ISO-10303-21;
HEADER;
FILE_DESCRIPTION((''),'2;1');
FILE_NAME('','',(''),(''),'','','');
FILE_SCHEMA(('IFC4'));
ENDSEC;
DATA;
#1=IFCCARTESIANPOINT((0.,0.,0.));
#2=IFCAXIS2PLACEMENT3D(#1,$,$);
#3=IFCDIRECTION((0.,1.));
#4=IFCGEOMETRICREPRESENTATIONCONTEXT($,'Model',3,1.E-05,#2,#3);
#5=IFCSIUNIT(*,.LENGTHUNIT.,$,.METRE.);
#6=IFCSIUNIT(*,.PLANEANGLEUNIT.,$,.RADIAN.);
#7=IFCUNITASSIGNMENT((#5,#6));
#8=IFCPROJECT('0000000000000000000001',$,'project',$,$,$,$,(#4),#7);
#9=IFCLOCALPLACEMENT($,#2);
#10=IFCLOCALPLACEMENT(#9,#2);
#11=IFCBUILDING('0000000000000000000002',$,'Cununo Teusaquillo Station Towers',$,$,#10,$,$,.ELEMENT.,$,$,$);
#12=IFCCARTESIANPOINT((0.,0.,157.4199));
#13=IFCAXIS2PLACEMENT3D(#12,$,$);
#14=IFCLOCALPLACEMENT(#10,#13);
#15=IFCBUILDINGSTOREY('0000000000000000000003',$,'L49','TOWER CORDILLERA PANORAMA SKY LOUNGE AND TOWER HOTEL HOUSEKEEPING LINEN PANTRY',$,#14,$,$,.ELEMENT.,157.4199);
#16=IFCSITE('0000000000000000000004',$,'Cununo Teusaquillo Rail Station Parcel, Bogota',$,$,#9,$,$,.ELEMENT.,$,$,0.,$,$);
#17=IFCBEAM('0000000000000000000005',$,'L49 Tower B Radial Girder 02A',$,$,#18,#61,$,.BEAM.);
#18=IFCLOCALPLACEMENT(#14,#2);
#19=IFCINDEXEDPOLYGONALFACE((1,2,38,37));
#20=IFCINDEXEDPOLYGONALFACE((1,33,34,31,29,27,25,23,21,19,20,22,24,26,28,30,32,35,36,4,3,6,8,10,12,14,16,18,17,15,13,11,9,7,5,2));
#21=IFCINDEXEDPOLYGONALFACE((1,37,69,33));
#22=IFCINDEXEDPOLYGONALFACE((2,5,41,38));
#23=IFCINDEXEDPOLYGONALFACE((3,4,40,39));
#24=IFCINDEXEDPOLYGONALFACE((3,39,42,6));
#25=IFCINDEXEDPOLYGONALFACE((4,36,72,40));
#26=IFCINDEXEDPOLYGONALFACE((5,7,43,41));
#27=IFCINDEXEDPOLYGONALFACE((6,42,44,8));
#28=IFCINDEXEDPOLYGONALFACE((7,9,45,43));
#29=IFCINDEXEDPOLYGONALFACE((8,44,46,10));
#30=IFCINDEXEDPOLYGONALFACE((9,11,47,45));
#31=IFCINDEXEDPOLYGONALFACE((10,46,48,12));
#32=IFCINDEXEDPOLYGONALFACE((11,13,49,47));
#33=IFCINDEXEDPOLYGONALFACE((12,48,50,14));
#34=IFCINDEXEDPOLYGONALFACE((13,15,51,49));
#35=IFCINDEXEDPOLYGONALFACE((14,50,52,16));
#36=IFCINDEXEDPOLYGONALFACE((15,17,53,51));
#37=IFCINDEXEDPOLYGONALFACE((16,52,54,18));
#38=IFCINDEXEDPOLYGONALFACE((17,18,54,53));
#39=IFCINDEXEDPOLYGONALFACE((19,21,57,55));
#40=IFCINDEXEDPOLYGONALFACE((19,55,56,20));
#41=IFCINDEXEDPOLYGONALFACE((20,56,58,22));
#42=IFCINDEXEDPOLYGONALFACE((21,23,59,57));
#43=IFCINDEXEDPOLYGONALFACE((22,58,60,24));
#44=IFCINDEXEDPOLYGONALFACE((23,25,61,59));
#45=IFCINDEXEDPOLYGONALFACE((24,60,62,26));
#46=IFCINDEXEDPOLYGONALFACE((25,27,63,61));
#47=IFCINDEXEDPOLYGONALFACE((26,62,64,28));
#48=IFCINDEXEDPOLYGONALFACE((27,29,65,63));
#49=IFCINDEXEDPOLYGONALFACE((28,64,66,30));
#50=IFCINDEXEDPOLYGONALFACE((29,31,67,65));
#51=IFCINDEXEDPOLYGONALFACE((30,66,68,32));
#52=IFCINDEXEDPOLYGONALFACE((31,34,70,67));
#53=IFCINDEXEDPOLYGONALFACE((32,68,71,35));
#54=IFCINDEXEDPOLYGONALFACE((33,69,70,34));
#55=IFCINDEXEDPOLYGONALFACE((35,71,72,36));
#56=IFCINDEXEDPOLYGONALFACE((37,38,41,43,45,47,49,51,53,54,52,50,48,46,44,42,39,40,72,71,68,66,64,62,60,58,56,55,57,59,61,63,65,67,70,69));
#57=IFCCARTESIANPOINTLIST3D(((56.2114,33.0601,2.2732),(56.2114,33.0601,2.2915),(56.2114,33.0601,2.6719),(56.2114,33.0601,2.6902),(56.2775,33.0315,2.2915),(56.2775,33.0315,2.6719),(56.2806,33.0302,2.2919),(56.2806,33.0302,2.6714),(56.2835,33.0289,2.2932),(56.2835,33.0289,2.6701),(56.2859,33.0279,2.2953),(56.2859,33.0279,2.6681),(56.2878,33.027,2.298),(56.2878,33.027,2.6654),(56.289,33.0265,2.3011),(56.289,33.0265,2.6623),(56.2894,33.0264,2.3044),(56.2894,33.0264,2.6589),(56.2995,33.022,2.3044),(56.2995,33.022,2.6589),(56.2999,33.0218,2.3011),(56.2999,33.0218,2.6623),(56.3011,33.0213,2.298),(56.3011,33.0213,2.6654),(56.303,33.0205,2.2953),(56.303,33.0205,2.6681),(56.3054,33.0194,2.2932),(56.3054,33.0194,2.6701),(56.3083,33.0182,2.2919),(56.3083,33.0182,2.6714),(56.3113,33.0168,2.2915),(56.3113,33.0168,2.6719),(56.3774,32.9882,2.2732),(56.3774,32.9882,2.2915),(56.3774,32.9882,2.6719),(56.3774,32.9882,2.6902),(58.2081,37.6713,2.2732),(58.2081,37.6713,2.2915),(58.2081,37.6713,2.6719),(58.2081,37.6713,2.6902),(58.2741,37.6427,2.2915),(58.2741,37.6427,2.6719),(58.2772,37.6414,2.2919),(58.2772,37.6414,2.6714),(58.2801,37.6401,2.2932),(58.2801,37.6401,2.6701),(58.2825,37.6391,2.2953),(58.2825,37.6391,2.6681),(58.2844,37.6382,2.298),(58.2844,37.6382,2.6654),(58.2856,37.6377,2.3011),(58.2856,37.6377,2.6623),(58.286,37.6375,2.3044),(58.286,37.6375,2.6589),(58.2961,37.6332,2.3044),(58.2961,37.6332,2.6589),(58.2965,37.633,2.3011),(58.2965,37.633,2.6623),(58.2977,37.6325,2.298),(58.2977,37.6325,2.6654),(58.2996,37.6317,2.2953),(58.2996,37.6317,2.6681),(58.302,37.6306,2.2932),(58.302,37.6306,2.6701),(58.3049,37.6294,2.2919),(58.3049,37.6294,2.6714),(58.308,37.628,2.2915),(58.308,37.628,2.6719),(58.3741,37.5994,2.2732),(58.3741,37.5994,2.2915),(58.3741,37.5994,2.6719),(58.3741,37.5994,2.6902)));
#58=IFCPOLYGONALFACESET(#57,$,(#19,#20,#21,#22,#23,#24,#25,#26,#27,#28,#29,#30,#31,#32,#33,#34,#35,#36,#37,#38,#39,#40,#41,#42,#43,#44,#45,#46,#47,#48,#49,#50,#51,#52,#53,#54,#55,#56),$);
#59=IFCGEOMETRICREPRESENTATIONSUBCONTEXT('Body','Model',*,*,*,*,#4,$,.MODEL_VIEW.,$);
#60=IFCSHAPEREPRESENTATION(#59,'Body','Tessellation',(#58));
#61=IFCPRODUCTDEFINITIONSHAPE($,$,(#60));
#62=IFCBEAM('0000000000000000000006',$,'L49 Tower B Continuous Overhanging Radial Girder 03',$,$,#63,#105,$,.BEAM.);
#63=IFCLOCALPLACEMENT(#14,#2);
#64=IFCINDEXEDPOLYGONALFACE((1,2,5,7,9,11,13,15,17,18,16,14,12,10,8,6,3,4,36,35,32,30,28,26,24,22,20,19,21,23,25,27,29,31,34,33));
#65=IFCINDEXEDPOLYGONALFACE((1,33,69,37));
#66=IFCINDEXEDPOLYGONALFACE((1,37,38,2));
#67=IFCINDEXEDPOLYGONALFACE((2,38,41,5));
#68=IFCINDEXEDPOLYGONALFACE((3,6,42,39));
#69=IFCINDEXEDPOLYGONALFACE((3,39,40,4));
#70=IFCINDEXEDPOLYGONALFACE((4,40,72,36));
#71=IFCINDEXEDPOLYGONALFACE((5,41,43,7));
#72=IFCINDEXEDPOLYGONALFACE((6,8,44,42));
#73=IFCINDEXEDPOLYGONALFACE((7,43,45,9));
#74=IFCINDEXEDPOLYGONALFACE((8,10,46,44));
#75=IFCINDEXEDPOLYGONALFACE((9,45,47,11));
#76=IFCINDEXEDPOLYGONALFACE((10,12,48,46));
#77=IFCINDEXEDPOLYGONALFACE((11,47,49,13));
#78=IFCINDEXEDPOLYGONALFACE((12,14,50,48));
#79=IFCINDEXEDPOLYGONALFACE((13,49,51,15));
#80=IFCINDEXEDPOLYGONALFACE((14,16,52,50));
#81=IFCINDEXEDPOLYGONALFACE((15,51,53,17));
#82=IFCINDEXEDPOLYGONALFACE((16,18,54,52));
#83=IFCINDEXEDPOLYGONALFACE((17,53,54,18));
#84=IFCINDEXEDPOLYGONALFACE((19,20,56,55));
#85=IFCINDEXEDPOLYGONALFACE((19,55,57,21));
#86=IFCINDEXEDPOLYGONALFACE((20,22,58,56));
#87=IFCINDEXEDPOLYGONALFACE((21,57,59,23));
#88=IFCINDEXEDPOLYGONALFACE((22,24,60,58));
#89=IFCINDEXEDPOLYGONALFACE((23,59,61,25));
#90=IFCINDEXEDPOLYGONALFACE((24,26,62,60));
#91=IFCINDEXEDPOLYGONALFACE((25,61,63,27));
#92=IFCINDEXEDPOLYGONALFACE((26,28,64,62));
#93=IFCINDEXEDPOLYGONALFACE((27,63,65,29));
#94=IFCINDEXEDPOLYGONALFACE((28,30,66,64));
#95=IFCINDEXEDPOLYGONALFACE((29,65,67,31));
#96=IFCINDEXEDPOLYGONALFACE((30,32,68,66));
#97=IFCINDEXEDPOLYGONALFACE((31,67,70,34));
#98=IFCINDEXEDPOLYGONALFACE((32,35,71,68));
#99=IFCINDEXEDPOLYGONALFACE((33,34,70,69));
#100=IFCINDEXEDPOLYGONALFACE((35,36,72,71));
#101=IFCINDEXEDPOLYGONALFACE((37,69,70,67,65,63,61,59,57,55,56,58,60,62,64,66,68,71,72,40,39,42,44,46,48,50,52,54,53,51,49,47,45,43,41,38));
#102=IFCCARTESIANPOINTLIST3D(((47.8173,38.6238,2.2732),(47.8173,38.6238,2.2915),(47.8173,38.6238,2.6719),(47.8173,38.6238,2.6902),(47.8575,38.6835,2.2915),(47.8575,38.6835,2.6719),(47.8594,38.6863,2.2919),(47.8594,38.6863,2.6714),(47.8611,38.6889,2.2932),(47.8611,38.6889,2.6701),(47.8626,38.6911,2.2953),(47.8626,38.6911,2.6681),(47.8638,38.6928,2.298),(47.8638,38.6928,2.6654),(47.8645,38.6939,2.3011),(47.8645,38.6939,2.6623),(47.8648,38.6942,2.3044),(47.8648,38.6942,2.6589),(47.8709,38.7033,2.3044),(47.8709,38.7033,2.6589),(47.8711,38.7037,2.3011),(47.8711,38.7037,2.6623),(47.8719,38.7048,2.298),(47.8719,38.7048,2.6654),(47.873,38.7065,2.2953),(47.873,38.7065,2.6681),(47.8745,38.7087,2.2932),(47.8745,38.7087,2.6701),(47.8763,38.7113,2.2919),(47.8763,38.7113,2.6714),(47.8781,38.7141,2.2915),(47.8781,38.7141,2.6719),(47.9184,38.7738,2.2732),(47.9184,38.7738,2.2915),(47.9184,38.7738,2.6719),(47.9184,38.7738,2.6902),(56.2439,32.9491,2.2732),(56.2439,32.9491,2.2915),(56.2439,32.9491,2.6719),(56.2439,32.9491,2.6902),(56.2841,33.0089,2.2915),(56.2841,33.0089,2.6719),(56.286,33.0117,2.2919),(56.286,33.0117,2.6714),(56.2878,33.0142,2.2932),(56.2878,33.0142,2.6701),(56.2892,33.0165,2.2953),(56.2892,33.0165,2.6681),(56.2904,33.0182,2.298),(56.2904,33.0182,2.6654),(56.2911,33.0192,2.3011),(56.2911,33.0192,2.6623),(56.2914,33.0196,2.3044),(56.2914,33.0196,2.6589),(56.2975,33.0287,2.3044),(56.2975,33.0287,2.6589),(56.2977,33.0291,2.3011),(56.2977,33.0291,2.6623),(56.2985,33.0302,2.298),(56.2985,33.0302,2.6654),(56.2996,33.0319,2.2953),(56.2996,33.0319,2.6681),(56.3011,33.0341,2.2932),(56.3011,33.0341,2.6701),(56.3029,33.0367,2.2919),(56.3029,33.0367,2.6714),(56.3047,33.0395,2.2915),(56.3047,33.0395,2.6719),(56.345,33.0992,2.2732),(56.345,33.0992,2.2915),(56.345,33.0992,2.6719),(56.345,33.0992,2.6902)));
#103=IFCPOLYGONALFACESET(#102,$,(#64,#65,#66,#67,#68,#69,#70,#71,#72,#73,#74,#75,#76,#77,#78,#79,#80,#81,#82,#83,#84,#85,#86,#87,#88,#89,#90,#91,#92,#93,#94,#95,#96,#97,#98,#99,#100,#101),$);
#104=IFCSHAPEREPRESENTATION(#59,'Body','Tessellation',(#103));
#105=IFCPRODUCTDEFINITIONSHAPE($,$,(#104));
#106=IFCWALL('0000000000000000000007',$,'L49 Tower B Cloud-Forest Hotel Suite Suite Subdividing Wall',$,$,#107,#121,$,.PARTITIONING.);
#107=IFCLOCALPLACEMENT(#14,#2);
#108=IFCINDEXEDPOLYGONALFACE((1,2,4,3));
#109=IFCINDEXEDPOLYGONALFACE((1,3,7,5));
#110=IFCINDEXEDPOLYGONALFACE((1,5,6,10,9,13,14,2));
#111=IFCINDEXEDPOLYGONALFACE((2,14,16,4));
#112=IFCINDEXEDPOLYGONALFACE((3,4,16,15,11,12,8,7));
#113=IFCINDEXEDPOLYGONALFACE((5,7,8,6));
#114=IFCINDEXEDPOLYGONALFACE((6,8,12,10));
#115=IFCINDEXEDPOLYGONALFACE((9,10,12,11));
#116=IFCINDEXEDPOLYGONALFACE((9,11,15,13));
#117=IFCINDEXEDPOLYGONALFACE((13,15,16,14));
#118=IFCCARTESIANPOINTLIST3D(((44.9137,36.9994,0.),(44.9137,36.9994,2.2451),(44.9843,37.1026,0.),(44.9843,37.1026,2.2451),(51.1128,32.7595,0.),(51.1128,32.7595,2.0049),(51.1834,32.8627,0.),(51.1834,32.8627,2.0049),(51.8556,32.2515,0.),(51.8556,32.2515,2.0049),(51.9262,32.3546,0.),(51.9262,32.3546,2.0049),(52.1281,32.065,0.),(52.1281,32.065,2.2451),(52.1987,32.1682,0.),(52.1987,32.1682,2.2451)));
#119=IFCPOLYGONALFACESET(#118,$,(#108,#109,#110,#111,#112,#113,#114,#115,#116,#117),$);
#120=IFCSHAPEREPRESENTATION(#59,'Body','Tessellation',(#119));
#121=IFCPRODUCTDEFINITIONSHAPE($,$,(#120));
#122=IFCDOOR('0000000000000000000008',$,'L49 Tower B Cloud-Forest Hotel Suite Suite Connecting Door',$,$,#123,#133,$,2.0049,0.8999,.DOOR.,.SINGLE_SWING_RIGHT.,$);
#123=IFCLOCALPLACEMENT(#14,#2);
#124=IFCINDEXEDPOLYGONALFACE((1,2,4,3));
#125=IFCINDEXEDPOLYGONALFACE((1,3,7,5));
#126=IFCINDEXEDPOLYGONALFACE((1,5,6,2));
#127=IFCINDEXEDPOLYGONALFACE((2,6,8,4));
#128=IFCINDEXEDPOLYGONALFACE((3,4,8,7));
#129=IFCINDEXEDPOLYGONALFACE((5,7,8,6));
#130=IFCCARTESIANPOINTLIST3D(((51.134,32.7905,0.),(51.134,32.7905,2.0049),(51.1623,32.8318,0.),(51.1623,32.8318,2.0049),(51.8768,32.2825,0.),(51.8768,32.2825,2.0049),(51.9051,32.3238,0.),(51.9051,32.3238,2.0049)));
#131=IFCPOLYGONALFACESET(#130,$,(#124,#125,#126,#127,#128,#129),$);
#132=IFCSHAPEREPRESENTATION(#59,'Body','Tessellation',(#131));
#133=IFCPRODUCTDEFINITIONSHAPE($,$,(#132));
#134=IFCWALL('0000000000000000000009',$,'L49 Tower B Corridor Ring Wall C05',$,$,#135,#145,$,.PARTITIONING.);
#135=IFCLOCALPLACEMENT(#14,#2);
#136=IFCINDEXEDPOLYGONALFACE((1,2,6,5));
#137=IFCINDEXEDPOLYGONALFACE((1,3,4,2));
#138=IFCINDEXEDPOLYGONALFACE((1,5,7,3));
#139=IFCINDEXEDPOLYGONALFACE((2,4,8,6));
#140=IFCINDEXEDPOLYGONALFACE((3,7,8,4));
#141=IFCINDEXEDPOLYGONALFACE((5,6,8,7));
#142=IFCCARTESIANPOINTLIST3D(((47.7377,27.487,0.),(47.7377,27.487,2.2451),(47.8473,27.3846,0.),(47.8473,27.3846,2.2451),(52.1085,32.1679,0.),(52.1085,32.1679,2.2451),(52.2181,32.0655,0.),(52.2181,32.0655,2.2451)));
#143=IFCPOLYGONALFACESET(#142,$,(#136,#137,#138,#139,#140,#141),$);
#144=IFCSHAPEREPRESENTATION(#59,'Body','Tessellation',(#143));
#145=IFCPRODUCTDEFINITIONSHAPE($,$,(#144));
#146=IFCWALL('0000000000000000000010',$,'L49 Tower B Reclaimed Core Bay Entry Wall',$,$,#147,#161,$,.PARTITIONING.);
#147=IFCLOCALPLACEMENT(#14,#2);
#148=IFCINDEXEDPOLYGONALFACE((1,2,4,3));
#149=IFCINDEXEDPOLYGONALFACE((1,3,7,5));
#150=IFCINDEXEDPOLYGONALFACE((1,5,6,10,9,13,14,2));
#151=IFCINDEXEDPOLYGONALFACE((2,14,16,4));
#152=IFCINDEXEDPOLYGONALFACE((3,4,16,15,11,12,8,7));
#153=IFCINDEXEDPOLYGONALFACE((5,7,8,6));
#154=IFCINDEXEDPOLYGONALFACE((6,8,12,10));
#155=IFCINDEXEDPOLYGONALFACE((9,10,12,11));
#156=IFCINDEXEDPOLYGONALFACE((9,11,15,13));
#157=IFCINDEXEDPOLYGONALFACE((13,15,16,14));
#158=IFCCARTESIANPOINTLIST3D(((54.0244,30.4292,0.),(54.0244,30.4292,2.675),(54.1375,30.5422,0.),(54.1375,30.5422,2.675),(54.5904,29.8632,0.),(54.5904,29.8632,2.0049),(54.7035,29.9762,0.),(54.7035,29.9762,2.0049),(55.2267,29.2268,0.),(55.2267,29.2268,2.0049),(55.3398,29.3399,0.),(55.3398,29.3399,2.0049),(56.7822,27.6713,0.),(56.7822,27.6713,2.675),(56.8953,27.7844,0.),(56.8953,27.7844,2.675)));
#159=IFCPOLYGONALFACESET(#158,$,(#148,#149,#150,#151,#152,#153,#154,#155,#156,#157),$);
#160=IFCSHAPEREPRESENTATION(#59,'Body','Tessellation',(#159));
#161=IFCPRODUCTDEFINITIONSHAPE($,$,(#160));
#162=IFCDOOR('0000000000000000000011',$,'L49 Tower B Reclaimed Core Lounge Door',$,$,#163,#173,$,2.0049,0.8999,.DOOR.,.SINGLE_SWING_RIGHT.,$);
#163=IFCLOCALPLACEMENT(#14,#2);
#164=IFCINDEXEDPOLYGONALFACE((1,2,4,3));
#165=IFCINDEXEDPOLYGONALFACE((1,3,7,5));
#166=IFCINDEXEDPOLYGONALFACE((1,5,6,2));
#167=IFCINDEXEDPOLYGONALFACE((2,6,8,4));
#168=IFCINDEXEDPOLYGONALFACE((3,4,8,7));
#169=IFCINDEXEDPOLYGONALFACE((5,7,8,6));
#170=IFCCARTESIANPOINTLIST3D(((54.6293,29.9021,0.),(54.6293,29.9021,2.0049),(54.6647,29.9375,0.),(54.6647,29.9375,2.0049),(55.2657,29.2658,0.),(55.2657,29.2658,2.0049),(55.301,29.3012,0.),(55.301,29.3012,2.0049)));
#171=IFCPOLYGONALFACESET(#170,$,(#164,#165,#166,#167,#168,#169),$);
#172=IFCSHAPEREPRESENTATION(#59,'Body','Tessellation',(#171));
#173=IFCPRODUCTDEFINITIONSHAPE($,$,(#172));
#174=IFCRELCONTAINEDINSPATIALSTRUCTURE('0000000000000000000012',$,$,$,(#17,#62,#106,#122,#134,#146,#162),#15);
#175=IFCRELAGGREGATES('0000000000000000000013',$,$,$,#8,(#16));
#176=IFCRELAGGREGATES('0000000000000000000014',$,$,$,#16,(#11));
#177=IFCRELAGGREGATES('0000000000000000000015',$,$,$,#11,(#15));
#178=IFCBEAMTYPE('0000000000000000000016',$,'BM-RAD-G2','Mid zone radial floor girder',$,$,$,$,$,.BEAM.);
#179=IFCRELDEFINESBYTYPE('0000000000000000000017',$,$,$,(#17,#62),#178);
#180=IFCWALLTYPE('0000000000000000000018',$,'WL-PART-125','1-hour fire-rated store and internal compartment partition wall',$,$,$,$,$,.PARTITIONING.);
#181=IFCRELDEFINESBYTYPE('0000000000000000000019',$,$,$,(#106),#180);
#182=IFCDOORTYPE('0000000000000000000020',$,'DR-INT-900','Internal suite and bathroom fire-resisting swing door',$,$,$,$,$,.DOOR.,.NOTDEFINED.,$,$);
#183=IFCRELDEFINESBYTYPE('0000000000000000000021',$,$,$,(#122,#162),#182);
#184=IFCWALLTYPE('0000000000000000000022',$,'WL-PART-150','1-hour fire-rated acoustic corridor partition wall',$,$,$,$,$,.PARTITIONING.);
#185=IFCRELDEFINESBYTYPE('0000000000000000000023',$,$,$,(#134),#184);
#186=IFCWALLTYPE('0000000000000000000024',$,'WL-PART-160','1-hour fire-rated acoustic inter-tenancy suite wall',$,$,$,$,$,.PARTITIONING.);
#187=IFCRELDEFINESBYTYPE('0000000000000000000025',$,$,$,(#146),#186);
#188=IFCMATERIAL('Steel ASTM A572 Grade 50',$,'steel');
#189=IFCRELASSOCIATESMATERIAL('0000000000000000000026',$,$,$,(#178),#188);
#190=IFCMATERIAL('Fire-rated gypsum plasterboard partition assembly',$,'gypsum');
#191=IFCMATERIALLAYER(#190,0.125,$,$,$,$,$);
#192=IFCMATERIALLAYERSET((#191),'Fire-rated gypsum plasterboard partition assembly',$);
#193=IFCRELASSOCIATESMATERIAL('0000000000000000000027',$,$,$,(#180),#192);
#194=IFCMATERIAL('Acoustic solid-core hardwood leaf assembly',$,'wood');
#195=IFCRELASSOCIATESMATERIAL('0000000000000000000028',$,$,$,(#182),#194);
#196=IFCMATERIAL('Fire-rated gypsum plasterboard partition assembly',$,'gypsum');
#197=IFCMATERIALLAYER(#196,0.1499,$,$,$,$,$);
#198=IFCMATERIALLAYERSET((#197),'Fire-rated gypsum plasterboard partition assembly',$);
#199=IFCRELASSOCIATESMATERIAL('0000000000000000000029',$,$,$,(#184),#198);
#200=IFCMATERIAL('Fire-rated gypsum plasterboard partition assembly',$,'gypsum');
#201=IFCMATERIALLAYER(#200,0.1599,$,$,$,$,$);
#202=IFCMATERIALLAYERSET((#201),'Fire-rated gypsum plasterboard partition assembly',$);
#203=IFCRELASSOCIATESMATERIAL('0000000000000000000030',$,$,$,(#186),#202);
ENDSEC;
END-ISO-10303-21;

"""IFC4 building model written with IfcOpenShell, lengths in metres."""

from ifc_helpers import new_model, si_unit, direction, frame, frame_2d, origin, origin_2d, place, context, subcontext, project, spatial, rectangle, i_section, extrude, source, transform, mapped, material, layer, layer_set, material_profile, profile_set, type_object, element, fill, save


model = new_model("IFC4")

# Units and contexts
model_context = context("Model", 3, precision=1e-05, world=origin(), true_north=direction((0.0, 1.0)))
body_context = subcontext(model_context, "Body", "Model", "MODEL_VIEW")
ifc_project = project(units=[si_unit("LENGTHUNIT", "METRE"), si_unit("PLANEANGLEUNIT", "RADIAN")], contexts=[model_context])

# Site, building, storey
site_placement = place(None, origin())
site = spatial("IfcSite", under=ifc_project, at=site_placement, Name="Cununo Teusaquillo Rail Station Parcel, Bogota", CompositionType="ELEMENT", RefElevation=0.0)
building_placement = place(site_placement, origin())
building = spatial("IfcBuilding", under=site, at=building_placement, Name="Cununo Teusaquillo Station Towers", CompositionType="ELEMENT")
storey_placement = place(building_placement, frame((0.0, 0.0, 157.4199)))
storey = spatial("IfcBuildingStorey", under=building, at=storey_placement, Name="L49", Description="TOWER CORDILLERA PANORAMA SKY LOUNGE AND TOWER HOTEL HOUSEKEEPING LINEN PANTRY", CompositionType="ELEMENT", Elevation=157.4199)

# Beams
ifc_material_1 = material(Name="Steel ASTM A572 Grade 50", Category="steel")
ifc_material_profile_1 = material_profile(ifc_material_1, i_section(OverallWidth=0.1809, OverallDepth=0.417, WebThickness=0.011, FlangeThickness=0.0183, FilletRadius=0.0129, at=origin_2d()), Name="W16X57")
ifc_profile_set_1 = profile_set([ifc_material_profile_1], Name="Steel ASTM A572 Grade 50")
beam_type_1 = type_object("IfcBeamType", Name="BM-RAD-G2", Description="Mid zone radial floor girder", PredefinedType="BEAM", material=ifc_profile_set_1)
beam_1_placement = place(storey_placement, frame((56.2944, 33.0242, 2.4817), z_axis=(0.397347, 0.917668, 0.0), x_axis=(-0.917668, 0.397347, 0.0)))
element("IfcBeam", 1, at=beam_1_placement, inside=storey, type_object=beam_type_1, Name="L49 Tower B Radial Girder 02A", PredefinedType="BEAM", context=body_context, shape_type="SweptSolid", body=[
    extrude(i_section(OverallWidth=0.1809, OverallDepth=0.417, WebThickness=0.011, FlangeThickness=0.0183, FilletRadius=0.0129, at=origin_2d()), origin(), (0.0, 0.0, 1.0), 5.0249),
])
beam_2_placement = place(storey_placement, frame((56.2944, 33.0242, 2.4817), z_axis=(-0.829457, 0.558571, 0.0), x_axis=(-0.558571, -0.829457, 0.0)))
element("IfcBeam", 2, at=beam_2_placement, inside=storey, type_object=beam_type_1, Name="L49 Tower B Continuous Overhanging Radial Girder 03", PredefinedType="BEAM", context=body_context, shape_type="SweptSolid", body=[
    extrude(i_section(OverallWidth=0.1809, OverallDepth=0.417, WebThickness=0.011, FlangeThickness=0.0183, FilletRadius=0.0129, at=origin_2d()), origin(), (0.0, 0.0, 1.0), 10.1592),
])

# Wall, opening, door
ifc_material_2 = material(Name="Fire-rated gypsum plasterboard partition assembly", Category="gypsum")
ifc_layer_1 = layer(ifc_material_2, 0.125)
ifc_layer_set_1 = layer_set([ifc_layer_1], Name="Fire-rated gypsum plasterboard partition assembly")
wall_type_1 = type_object("IfcWallType", Name="WL-PART-125", Description="1-hour fire-rated store and internal compartment partition wall", PredefinedType="PARTITIONING", material=ifc_layer_set_1)
wall_1_placement = place(storey_placement, frame((52.1633, 32.1167, 0.0), z_axis=(0.0, 0.0, 1.0), x_axis=(-0.825404, 0.564543, 0.0)))
wall_1 = element("IfcWall", 3, at=wall_1_placement, inside=storey, type_object=wall_type_1, Name="L49 Tower B Cloud-Forest Hotel Suite Suite Subdividing Wall", PredefinedType="PARTITIONING", context=body_context, shape_type="SweptSolid", body=[
    extrude(rectangle(XDim=8.7405, YDim=0.125, at=frame_2d((4.3701, 0.0))), origin(), (0.0, 0.0, 1.0), 2.2451),
])
shared_shape_1 = source(origin(), body_context, "Body", "SweptSolid", [
    extrude(rectangle(XDim=0.8999, YDim=2.0049, at=frame_2d((0.45, 1.0024))), frame((0.0, 0.0725, 0.0), z_axis=(0.0, -1.0, 0.0), x_axis=(1.0, 0.0, 0.0)), (0.0, 0.0, 1.0), 0.145),
])
opening_1_placement = place(wall_1_placement, frame((0.3301, 0.0, 0.0)))
opening_1 = element("IfcOpeningElement", 4, at=opening_1_placement, cuts=wall_1, PredefinedType="OPENING", context=body_context, shape_type="MappedRepresentation", body=[
    mapped(shared_shape_1, transform((0.0, 0.0, 0.0), x_axis=(1.0, 0.0, 0.0), y_axis=(0.0, 1.0, 0.0), z_axis=(0.0, 0.0, 1.0), scale=1.0)),
])
ifc_material_3 = material(Name="Acoustic solid-core hardwood leaf assembly", Category="wood")
door_type_1 = type_object("IfcDoorType", Name="DR-INT-900", Description="Internal suite and bathroom fire-resisting swing door", OperationType="NOTDEFINED", PredefinedType="DOOR", material=ifc_material_3)
shared_shape_2 = source(origin(), body_context, "Body", "SweptSolid", [
    extrude(rectangle(XDim=0.8999, YDim=2.0049, at=frame_2d((0.45, 1.0024))), frame((0.0, 0.0249, 0.0), z_axis=(0.0, -1.0, 0.0), x_axis=(1.0, 0.0, 0.0)), (0.0, 0.0, 1.0), 0.05),
])
door_1_placement = place(opening_1_placement, origin())
door_1 = element("IfcDoor", 5, at=door_1_placement, inside=storey, type_object=door_type_1, Name="L49 Tower B Cloud-Forest Hotel Suite Suite Connecting Door", OperationType="SINGLE_SWING_RIGHT", OverallHeight=2.0049, OverallWidth=0.8999, PredefinedType="DOOR", context=body_context, shape_type="MappedRepresentation", body=[
    mapped(shared_shape_2, transform((0.0, 0.0, 0.0), x_axis=(1.0, 0.0, 0.0), y_axis=(0.0, 1.0, 0.0), z_axis=(0.0, 0.0, 1.0), scale=1.0)),
])
fill(opening_1, door_1)

# Wall
ifc_material_4 = material(Name="Fire-rated gypsum plasterboard partition assembly", Category="gypsum")
ifc_layer_2 = layer(ifc_material_4, 0.1499)
ifc_layer_set_2 = layer_set([ifc_layer_2], Name="Fire-rated gypsum plasterboard partition assembly")
wall_type_2 = type_object("IfcWallType", Name="WL-PART-150", Description="1-hour fire-rated acoustic corridor partition wall", PredefinedType="PARTITIONING", material=ifc_layer_set_2)
wall_2_placement = place(storey_placement, frame((52.1633, 32.1167, 0.0), z_axis=(0.0, 0.0, 1.0), x_axis=(-0.682485, -0.730899, 0.0)))
element("IfcWall", 6, at=wall_2_placement, inside=storey, type_object=wall_type_2, Name="L49 Tower B Corridor Ring Wall C05", PredefinedType="PARTITIONING", context=body_context, shape_type="SweptSolid", body=[
    extrude(rectangle(XDim=6.4043, YDim=0.1499, at=frame_2d((3.2021, 0.0))), origin(), (0.0, 0.0, 1.0), 2.2451),
])

# Wall, opening, door
ifc_material_5 = material(Name="Fire-rated gypsum plasterboard partition assembly", Category="gypsum")
ifc_layer_3 = layer(ifc_material_5, 0.1599)
ifc_layer_set_3 = layer_set([ifc_layer_3], Name="Fire-rated gypsum plasterboard partition assembly")
wall_type_3 = type_object("IfcWallType", Name="WL-PART-160", Description="1-hour fire-rated acoustic inter-tenancy suite wall", PredefinedType="PARTITIONING", material=ifc_layer_set_3)
wall_3_placement = place(storey_placement, frame((56.8389, 27.7278, 0.0), z_axis=(0.0, 0.0, 1.0), x_axis=(-0.707107, 0.707107, 0.0)))
wall_3 = element("IfcWall", 7, at=wall_3_placement, inside=storey, type_object=wall_type_3, Name="L49 Tower B Reclaimed Core Bay Entry Wall", PredefinedType="PARTITIONING", context=body_context, shape_type="SweptSolid", body=[
    extrude(rectangle(XDim=3.9001, YDim=0.1599, at=frame_2d((1.9502, 0.0))), origin(), (0.0, 0.0, 1.0), 2.675),
])
shared_shape_3 = source(origin(), body_context, "Body", "SweptSolid", [
    extrude(rectangle(XDim=0.8999, YDim=2.0049, at=frame_2d((0.45, 1.0024))), frame((0.0, 0.0898, 0.0), z_axis=(0.0, -1.0, 0.0), x_axis=(1.0, 0.0, 0.0)), (0.0, 0.0, 1.0), 0.1799),
])
opening_2_placement = place(wall_3_placement, frame((2.2, 0.0, 0.0)))
opening_2 = element("IfcOpeningElement", 8, at=opening_2_placement, cuts=wall_3, PredefinedType="OPENING", context=body_context, shape_type="MappedRepresentation", body=[
    mapped(shared_shape_3, transform((0.0, 0.0, 0.0), x_axis=(1.0, 0.0, 0.0), y_axis=(0.0, 1.0, 0.0), z_axis=(0.0, 0.0, 1.0), scale=1.0)),
])
door_2_placement = place(opening_2_placement, origin())
door_2 = element("IfcDoor", 9, at=door_2_placement, inside=storey, type_object=door_type_1, Name="L49 Tower B Reclaimed Core Lounge Door", OperationType="SINGLE_SWING_RIGHT", OverallHeight=2.0049, OverallWidth=0.8999, PredefinedType="DOOR", context=body_context, shape_type="MappedRepresentation", body=[
    mapped(shared_shape_2, transform((0.0, 0.0, 0.0), x_axis=(1.0, 0.0, 0.0), y_axis=(0.0, 1.0, 0.0), z_axis=(0.0, 0.0, 1.0), scale=1.0)),
])
fill(opening_2, door_2)

save(model, "model.ifc")
